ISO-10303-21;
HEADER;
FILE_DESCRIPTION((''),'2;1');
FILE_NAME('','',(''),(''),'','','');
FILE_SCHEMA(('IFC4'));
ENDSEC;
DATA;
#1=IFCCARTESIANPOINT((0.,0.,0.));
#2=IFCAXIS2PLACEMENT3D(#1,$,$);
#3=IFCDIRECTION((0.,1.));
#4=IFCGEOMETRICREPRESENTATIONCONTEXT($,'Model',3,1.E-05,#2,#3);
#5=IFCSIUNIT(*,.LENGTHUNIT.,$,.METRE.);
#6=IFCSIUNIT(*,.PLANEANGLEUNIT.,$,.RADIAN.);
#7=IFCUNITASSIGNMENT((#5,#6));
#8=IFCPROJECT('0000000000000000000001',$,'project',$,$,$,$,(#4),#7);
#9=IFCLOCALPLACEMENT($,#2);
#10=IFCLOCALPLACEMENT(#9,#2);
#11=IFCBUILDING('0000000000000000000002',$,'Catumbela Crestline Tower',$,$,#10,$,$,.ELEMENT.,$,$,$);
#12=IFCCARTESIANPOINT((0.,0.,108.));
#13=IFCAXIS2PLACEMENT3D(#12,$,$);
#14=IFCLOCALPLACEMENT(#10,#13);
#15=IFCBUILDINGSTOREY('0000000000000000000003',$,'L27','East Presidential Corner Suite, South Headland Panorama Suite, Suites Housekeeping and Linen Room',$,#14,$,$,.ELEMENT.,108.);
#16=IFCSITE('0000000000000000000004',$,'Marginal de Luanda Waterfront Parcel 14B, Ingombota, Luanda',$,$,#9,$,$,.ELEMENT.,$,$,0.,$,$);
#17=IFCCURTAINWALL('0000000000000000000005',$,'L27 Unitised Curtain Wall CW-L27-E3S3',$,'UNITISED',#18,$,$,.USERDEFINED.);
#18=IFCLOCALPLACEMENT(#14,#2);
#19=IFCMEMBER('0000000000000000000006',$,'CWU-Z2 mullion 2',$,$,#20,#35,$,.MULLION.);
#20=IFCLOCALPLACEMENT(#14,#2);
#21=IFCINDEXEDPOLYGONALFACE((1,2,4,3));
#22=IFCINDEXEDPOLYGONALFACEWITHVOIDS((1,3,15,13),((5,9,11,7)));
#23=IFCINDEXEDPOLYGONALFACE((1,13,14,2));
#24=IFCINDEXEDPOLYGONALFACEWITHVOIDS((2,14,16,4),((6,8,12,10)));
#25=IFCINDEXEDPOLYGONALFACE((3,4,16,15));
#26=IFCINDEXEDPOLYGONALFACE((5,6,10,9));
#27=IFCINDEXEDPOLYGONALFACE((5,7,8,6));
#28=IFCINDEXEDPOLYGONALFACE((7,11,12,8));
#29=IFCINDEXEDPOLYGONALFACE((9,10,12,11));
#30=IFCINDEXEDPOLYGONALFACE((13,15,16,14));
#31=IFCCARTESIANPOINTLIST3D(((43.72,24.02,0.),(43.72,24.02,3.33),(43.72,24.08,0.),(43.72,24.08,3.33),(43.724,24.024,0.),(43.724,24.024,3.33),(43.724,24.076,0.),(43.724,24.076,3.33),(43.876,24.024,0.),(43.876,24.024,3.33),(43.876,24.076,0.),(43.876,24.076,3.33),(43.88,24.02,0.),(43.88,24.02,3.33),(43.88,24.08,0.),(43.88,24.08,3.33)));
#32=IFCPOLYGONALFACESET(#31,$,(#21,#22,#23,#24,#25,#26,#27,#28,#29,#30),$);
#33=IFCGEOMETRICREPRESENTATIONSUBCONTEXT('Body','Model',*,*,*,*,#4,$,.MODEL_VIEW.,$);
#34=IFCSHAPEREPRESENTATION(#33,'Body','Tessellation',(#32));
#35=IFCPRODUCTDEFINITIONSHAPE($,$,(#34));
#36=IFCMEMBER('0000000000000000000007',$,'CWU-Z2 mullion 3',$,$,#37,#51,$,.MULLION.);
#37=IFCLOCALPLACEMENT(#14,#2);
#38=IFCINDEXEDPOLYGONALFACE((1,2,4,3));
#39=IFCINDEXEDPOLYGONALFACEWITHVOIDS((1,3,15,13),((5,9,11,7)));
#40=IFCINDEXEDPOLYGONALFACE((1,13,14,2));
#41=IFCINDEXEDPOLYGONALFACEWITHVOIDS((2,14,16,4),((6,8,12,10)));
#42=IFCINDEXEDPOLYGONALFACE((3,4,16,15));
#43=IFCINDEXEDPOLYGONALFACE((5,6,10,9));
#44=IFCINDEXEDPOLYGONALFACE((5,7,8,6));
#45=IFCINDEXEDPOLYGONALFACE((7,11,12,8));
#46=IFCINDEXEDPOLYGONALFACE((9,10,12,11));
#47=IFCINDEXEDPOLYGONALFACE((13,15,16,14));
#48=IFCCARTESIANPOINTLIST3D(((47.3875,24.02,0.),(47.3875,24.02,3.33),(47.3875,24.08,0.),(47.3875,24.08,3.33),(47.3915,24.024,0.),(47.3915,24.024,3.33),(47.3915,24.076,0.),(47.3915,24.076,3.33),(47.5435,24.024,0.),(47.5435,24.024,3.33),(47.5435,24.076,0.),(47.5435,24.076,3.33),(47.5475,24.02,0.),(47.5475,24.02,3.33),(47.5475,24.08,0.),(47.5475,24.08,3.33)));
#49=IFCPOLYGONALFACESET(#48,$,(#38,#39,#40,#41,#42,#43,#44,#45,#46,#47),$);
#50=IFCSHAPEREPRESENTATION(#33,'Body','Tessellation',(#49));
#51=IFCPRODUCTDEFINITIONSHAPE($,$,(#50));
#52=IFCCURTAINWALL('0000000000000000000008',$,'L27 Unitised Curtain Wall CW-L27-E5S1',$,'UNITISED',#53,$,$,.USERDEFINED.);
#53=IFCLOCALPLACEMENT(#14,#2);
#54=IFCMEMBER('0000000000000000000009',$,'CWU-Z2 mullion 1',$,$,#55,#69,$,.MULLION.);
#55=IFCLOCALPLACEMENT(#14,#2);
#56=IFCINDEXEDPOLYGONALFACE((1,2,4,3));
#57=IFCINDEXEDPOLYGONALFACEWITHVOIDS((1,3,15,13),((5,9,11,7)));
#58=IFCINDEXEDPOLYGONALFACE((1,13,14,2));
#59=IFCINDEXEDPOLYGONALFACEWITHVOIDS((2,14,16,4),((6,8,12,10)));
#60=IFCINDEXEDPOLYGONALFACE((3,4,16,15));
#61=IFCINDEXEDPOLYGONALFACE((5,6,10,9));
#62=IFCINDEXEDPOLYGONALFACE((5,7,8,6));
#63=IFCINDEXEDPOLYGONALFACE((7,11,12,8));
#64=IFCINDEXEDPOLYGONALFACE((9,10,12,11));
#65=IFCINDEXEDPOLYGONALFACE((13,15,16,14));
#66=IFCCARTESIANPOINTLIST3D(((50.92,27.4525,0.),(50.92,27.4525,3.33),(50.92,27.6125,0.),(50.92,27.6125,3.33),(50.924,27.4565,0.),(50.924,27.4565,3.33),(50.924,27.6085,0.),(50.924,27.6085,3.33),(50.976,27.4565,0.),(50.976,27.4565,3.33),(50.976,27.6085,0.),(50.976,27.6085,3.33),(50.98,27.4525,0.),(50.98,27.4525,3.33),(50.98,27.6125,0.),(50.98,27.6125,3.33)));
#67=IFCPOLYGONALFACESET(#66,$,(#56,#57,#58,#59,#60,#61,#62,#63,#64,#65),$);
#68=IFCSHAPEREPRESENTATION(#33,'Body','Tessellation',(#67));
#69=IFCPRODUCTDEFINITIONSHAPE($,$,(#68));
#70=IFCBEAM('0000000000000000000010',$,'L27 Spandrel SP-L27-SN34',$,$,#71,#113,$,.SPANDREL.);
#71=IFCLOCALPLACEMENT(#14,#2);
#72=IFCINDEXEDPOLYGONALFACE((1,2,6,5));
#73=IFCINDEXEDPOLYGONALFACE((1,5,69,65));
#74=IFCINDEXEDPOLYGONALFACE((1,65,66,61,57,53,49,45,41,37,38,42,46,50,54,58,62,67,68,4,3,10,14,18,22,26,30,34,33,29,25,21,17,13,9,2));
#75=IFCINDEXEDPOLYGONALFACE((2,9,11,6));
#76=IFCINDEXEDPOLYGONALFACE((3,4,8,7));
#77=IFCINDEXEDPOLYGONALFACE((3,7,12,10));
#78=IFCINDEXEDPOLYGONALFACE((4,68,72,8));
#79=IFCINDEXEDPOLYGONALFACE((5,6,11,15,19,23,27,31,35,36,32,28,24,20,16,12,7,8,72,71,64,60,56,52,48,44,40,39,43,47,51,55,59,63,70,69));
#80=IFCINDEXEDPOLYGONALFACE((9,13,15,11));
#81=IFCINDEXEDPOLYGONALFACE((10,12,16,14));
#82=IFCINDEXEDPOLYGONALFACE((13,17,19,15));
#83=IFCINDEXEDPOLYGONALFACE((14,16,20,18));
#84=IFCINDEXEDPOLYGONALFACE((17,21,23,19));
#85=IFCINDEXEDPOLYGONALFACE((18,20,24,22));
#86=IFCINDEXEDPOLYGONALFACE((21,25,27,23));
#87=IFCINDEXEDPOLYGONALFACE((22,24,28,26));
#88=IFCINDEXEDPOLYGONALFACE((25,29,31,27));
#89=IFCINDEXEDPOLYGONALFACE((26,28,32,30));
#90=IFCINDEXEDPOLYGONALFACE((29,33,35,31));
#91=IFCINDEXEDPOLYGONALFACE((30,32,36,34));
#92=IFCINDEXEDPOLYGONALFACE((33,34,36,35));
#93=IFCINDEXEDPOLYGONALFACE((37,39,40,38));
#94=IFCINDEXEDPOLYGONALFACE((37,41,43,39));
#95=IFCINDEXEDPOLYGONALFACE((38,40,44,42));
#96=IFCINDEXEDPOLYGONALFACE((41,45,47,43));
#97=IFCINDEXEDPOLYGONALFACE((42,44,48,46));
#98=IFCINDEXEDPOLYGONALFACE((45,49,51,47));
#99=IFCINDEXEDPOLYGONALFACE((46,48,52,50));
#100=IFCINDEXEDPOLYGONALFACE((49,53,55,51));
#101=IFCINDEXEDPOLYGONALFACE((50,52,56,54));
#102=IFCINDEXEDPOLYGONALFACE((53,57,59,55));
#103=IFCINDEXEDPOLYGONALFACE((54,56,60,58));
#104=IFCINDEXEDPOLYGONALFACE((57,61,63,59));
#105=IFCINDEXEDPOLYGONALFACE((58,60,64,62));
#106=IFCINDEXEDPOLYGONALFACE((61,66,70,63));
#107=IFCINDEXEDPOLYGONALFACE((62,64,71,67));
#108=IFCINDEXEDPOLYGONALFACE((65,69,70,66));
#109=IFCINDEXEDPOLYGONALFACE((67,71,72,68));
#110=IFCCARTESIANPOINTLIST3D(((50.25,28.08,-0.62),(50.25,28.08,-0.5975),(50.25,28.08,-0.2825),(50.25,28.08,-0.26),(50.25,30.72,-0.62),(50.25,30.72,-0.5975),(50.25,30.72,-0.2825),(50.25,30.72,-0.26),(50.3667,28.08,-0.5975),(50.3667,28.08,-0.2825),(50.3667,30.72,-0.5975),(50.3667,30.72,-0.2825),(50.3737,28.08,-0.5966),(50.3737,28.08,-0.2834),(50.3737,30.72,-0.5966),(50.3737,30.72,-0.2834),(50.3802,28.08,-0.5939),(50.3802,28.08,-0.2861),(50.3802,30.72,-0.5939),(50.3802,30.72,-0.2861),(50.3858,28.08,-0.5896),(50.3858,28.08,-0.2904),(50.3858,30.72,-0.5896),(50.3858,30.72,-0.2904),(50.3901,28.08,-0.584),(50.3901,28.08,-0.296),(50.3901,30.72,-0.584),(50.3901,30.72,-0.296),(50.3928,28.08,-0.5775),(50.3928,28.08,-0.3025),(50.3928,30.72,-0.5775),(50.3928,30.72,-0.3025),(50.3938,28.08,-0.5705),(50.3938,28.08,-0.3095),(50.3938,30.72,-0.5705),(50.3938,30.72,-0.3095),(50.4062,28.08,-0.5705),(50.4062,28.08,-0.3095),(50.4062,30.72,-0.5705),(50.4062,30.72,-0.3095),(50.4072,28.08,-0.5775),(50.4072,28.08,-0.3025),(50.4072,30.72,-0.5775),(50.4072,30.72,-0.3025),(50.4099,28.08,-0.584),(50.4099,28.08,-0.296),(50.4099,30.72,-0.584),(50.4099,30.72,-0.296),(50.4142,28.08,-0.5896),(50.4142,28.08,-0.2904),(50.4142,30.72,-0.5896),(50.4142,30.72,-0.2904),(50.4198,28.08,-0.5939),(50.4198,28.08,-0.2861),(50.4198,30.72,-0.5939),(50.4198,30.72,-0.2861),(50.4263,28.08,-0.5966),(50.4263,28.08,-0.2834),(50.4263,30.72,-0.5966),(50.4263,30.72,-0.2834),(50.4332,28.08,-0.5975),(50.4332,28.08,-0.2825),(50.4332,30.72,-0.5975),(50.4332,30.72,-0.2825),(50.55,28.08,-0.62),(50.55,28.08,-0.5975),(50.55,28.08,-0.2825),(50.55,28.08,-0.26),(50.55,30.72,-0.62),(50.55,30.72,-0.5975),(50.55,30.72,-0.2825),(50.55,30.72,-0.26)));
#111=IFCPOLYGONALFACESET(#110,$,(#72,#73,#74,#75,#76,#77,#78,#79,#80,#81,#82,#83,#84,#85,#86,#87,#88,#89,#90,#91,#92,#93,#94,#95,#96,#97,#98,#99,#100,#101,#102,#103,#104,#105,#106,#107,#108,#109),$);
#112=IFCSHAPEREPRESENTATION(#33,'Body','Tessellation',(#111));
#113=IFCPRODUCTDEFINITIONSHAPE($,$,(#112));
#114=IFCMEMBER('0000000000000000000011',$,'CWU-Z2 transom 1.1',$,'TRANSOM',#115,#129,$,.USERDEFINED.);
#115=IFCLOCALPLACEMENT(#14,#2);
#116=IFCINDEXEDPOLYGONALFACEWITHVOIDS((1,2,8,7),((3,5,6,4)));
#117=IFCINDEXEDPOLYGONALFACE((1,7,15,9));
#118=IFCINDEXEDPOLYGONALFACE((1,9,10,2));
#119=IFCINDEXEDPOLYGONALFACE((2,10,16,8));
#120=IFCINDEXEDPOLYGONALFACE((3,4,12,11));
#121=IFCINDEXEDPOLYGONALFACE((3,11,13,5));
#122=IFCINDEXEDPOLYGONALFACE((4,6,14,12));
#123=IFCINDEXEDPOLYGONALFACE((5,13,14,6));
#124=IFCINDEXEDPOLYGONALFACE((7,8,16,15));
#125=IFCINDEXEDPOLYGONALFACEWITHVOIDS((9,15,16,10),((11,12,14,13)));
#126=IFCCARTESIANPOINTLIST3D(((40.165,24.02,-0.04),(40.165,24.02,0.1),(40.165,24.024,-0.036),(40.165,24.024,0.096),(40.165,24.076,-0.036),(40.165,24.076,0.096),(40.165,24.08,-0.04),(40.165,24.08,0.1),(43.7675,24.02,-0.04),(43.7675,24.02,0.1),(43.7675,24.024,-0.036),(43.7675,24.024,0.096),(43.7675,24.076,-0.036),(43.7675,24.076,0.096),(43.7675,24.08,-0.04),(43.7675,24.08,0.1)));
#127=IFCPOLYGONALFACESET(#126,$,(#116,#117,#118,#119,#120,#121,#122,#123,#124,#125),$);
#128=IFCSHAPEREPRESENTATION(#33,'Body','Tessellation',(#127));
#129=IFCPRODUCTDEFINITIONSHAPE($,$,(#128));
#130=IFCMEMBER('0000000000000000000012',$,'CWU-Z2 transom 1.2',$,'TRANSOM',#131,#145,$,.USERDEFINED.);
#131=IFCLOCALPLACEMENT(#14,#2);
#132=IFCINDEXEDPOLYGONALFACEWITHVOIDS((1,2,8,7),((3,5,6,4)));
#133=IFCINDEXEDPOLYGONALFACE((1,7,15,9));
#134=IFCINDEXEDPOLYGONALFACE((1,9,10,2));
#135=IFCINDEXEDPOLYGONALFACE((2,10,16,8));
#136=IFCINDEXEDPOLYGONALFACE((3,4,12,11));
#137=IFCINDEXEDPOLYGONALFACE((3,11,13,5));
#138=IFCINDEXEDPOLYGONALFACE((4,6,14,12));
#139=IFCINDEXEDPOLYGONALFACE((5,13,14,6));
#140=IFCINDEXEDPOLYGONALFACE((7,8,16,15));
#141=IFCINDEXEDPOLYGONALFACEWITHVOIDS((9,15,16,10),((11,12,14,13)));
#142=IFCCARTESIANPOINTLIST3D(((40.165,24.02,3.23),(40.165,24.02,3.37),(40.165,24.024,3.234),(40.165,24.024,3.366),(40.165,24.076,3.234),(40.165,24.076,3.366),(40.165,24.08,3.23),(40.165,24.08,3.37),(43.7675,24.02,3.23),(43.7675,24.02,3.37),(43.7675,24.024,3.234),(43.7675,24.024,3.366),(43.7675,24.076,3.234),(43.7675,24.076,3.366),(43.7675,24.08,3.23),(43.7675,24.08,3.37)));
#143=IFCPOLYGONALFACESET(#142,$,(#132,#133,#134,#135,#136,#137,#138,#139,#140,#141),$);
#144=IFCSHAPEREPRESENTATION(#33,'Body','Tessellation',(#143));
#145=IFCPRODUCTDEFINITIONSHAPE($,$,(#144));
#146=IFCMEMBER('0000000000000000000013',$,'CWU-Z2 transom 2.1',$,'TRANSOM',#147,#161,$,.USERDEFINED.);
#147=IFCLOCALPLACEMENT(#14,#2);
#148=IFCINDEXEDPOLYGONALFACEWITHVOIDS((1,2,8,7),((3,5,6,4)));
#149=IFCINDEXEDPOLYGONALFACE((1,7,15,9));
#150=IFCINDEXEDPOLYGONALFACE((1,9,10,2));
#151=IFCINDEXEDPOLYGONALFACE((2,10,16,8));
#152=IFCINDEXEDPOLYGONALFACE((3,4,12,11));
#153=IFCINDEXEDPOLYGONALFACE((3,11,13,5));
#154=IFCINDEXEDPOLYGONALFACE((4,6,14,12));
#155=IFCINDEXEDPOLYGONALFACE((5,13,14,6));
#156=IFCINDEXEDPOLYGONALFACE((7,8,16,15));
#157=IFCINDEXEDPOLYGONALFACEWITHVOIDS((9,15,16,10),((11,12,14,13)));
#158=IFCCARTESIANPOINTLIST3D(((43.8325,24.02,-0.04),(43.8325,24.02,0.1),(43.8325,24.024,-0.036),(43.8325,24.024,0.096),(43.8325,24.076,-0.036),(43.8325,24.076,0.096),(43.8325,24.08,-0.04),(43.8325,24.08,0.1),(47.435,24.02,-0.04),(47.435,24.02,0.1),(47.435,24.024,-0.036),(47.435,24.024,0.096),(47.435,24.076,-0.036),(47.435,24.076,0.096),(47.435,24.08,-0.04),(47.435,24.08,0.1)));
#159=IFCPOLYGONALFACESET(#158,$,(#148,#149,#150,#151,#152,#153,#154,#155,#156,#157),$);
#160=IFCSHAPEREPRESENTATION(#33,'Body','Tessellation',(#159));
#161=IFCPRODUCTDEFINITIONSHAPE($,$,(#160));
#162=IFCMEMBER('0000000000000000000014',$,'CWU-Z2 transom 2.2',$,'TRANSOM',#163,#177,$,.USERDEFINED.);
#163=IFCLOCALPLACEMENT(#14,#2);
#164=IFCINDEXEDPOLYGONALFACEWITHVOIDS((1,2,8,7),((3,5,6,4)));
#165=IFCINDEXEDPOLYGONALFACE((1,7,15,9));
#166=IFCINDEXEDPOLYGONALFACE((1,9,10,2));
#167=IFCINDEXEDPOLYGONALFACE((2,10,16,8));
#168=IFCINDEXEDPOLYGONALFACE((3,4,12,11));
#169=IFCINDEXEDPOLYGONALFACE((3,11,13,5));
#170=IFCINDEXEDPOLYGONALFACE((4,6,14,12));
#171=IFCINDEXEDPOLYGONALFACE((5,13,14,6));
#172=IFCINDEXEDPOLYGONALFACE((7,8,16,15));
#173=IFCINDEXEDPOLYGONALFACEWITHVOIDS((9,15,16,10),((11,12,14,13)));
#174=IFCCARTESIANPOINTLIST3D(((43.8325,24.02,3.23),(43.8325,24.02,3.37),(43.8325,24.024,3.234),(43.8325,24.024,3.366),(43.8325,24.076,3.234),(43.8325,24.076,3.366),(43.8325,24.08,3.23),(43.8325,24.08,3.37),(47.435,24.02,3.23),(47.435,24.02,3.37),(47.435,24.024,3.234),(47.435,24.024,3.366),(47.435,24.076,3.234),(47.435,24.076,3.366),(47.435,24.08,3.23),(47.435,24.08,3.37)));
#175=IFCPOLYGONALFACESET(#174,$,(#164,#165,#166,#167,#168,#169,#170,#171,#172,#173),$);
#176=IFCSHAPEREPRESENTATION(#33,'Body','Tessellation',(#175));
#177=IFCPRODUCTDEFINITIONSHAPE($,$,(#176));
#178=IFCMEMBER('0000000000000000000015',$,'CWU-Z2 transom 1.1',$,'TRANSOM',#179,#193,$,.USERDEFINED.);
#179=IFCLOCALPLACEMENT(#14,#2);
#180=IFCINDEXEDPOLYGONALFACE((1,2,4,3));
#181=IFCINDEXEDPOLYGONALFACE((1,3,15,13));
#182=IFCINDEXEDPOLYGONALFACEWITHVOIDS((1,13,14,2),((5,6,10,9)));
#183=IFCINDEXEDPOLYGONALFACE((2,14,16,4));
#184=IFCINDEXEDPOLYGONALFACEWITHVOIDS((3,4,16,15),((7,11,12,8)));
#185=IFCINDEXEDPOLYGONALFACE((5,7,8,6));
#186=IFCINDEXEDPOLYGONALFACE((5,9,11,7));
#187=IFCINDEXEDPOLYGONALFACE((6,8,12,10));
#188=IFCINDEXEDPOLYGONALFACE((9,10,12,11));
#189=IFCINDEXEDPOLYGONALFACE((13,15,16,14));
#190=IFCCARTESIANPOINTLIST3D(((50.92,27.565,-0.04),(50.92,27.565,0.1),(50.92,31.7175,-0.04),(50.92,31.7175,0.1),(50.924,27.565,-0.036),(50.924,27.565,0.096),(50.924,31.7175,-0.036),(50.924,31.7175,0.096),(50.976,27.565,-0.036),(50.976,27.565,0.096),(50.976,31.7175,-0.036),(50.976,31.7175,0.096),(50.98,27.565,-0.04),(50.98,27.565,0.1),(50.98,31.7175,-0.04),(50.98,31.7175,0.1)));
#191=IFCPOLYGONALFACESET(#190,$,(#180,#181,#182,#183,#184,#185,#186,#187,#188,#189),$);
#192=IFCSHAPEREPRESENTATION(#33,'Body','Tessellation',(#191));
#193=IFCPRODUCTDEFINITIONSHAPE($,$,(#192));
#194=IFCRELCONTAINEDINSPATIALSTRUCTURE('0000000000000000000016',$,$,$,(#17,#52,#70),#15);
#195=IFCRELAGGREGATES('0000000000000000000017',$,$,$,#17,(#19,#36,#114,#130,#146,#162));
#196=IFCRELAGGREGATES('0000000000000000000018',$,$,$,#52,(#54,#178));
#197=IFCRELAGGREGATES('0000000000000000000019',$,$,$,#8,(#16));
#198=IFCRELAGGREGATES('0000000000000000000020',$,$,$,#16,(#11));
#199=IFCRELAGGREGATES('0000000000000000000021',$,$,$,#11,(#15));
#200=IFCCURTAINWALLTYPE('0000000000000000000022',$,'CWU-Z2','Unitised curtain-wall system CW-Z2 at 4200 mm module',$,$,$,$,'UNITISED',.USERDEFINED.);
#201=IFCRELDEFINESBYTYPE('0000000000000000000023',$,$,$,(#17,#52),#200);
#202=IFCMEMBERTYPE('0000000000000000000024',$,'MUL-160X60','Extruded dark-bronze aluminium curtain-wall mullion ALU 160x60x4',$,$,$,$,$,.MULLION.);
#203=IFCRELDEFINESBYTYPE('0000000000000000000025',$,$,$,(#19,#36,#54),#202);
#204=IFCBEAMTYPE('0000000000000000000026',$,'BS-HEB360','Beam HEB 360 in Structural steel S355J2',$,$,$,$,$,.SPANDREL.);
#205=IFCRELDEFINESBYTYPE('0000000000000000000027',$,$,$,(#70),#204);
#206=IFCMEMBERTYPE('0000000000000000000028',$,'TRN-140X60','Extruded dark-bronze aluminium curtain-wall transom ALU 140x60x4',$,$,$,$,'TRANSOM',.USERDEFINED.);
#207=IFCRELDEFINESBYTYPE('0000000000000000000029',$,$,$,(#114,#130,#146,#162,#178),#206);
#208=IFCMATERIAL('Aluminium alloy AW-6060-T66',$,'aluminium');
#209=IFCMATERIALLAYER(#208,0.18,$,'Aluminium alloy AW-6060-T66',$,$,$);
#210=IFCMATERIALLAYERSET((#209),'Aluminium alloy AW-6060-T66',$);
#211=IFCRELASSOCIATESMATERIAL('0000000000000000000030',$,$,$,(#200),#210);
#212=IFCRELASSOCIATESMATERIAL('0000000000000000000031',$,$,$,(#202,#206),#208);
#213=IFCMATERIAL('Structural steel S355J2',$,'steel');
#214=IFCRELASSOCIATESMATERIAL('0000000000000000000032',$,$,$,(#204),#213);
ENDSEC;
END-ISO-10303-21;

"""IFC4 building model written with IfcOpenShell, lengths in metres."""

from ifc_helpers import new_model, si_unit, direction, frame, origin, origin_2d, place, context, subcontext, project, spatial, hollow_rectangle, i_section, extrude, material, layer, layer_set, material_profile, profile_set, type_object, element, aggregate, save


model = new_model("IFC4")

# Units and contexts
model_context = context("Model", 3, precision=1e-05, world=origin(), true_north=direction((0.0, 1.0)))
body_context = subcontext(model_context, "Body", "Model", "MODEL_VIEW")
ifc_project = project(units=[si_unit("LENGTHUNIT", "METRE"), si_unit("PLANEANGLEUNIT", "RADIAN")], contexts=[model_context])

# Site, building, storey
site_placement = place(None, origin())
site = spatial("IfcSite", under=ifc_project, at=site_placement, Name="Marginal de Luanda Waterfront Parcel 14B, Ingombota, Luanda", CompositionType="ELEMENT", RefElevation=0.0)
building_placement = place(site_placement, origin())
building = spatial("IfcBuilding", under=site, at=building_placement, Name="Catumbela Crestline Tower", CompositionType="ELEMENT")
storey_placement = place(building_placement, frame((0.0, 0.0, 108.0)))
storey = spatial("IfcBuildingStorey", under=building, at=storey_placement, Name="L27", Description="East Presidential Corner Suite, South Headland Panorama Suite, Suites Housekeeping and Linen Room", CompositionType="ELEMENT", Elevation=108.0)

# Shared definitions
ifc_material_1 = material(Name="Structural steel S355J2", Category="steel")

# Curtain wall, members
ifc_material_2 = material(Name="Aluminium alloy AW-6060-T66", Category="aluminium")
ifc_layer_1 = layer(ifc_material_2, 0.18, Name="Aluminium alloy AW-6060-T66")
ifc_layer_set_1 = layer_set([ifc_layer_1], Name="Aluminium alloy AW-6060-T66")
curtain_wall_type = type_object("IfcCurtainWallType", Name="CWU-Z2", Description="Unitised curtain-wall system CW-Z2 at 4200 mm module", ElementType="UNITISED", PredefinedType="USERDEFINED", material=ifc_layer_set_1)
curtain_wall_1_placement = place(storey_placement, origin())
curtain_wall_1 = element("IfcCurtainWall", 1, at=curtain_wall_1_placement, inside=storey, type_object=curtain_wall_type, Name="L27 Unitised Curtain Wall CW-L27-E3S3", ObjectType="UNITISED", PredefinedType="USERDEFINED")
ifc_material_profile_1 = material_profile(ifc_material_2, hollow_rectangle(XDim=0.06, YDim=0.16, WallThickness=0.004, at=origin_2d()), Name="ALU 160x60x4")
ifc_profile_set_1 = profile_set([ifc_material_profile_1], Name="Aluminium alloy AW-6060-T66")
member_type_1 = type_object("IfcMemberType", Name="MUL-160X60", Description="Extruded dark-bronze aluminium curtain-wall mullion ALU 160x60x4", PredefinedType="MULLION", material=ifc_profile_set_1)
member_1_placement = place(storey_placement, frame((43.8, 24.05, 0.0), z_axis=(0.0, 0.0, 1.0), x_axis=(0.0, 1.0, 0.0)))
member_1 = element("IfcMember", 2, at=member_1_placement, type_object=member_type_1, Name="CWU-Z2 mullion 2", PredefinedType="MULLION", context=body_context, shape_type="SweptSolid", body=[
    extrude(hollow_rectangle(XDim=0.06, YDim=0.16, WallThickness=0.004, at=origin_2d()), origin(), (0.0, 0.0, 1.0), 3.33),
])
member_2_placement = place(storey_placement, frame((47.4675, 24.05, 0.0), z_axis=(0.0, 0.0, 1.0), x_axis=(0.0, 1.0, 0.0)))
member_2 = element("IfcMember", 3, at=member_2_placement, type_object=member_type_1, Name="CWU-Z2 mullion 3", PredefinedType="MULLION", context=body_context, shape_type="SweptSolid", body=[
    extrude(hollow_rectangle(XDim=0.06, YDim=0.16, WallThickness=0.004, at=origin_2d()), origin(), (0.0, 0.0, 1.0), 3.33),
])

# Curtain wall, member
curtain_wall_2_placement = place(storey_placement, origin())
curtain_wall_2 = element("IfcCurtainWall", 4, at=curtain_wall_2_placement, inside=storey, type_object=curtain_wall_type, Name="L27 Unitised Curtain Wall CW-L27-E5S1", ObjectType="UNITISED", PredefinedType="USERDEFINED")
member_3_placement = place(storey_placement, frame((50.95, 27.5325, 0.0), z_axis=(0.0, 0.0, 1.0), x_axis=(-1.0, 0.0, 0.0)))
member_3 = element("IfcMember", 5, at=member_3_placement, type_object=member_type_1, Name="CWU-Z2 mullion 1", PredefinedType="MULLION", context=body_context, shape_type="SweptSolid", body=[
    extrude(hollow_rectangle(XDim=0.06, YDim=0.16, WallThickness=0.004, at=origin_2d()), origin(), (0.0, 0.0, 1.0), 3.33),
])

# Beam
ifc_material_profile_2 = material_profile(ifc_material_1, i_section(OverallWidth=0.3, OverallDepth=0.36, WebThickness=0.0125, FlangeThickness=0.0225, FilletRadius=0.027, at=origin_2d()), Name="HEB 360")
ifc_profile_set_2 = profile_set([ifc_material_profile_2], Name="Structural steel S355J2")
beam_type_1 = type_object("IfcBeamType", Name="BS-HEB360", Description="Beam HEB 360 in Structural steel S355J2", PredefinedType="SPANDREL", material=ifc_profile_set_2)
beam_1_placement = place(storey_placement, frame((50.4, 28.08, -0.44), z_axis=(0.0, 1.0, 0.0), x_axis=(-1.0, 0.0, 0.0)))
element("IfcBeam", 6, at=beam_1_placement, inside=storey, type_object=beam_type_1, Name="L27 Spandrel SP-L27-SN34", PredefinedType="SPANDREL", context=body_context, shape_type="SweptSolid", body=[
    extrude(i_section(OverallWidth=0.3, OverallDepth=0.36, WebThickness=0.0125, FlangeThickness=0.0225, FilletRadius=0.027, at=origin_2d()), origin(), (0.0, 0.0, 1.0), 2.64),
])

# Members
ifc_material_profile_3 = material_profile(ifc_material_2, hollow_rectangle(XDim=0.06, YDim=0.14, WallThickness=0.004, at=origin_2d()), Name="ALU 140x60x4")
ifc_profile_set_3 = profile_set([ifc_material_profile_3], Name="Aluminium alloy AW-6060-T66")
member_type_2 = type_object("IfcMemberType", Name="TRN-140X60", Description="Extruded dark-bronze aluminium curtain-wall transom ALU 140x60x4", ElementType="TRANSOM", PredefinedType="USERDEFINED", material=ifc_profile_set_3)
member_4_placement = place(storey_placement, frame((40.165, 24.05, 0.03), z_axis=(1.0, 0.0, 0.0), x_axis=(0.0, 1.0, 0.0)))
member_4 = element("IfcMember", 7, at=member_4_placement, type_object=member_type_2, Name="CWU-Z2 transom 1.1", ObjectType="TRANSOM", PredefinedType="USERDEFINED", context=body_context, shape_type="SweptSolid", body=[
    extrude(hollow_rectangle(XDim=0.06, YDim=0.14, WallThickness=0.004, at=origin_2d()), origin(), (0.0, 0.0, 1.0), 3.6025),
])
member_5_placement = place(storey_placement, frame((40.165, 24.05, 3.3), z_axis=(1.0, 0.0, 0.0), x_axis=(0.0, 1.0, 0.0)))
member_5 = element("IfcMember", 8, at=member_5_placement, type_object=member_type_2, Name="CWU-Z2 transom 1.2", ObjectType="TRANSOM", PredefinedType="USERDEFINED", context=body_context, shape_type="SweptSolid", body=[
    extrude(hollow_rectangle(XDim=0.06, YDim=0.14, WallThickness=0.004, at=origin_2d()), origin(), (0.0, 0.0, 1.0), 3.6025),
])
member_6_placement = place(storey_placement, frame((43.8325, 24.05, 0.03), z_axis=(1.0, 0.0, 0.0), x_axis=(0.0, 1.0, 0.0)))
member_6 = element("IfcMember", 9, at=member_6_placement, type_object=member_type_2, Name="CWU-Z2 transom 2.1", ObjectType="TRANSOM", PredefinedType="USERDEFINED", context=body_context, shape_type="SweptSolid", body=[
    extrude(hollow_rectangle(XDim=0.06, YDim=0.14, WallThickness=0.004, at=origin_2d()), origin(), (0.0, 0.0, 1.0), 3.6025),
])
member_7_placement = place(storey_placement, frame((43.8325, 24.05, 3.3), z_axis=(1.0, 0.0, 0.0), x_axis=(0.0, 1.0, 0.0)))
member_7 = element("IfcMember", 10, at=member_7_placement, type_object=member_type_2, Name="CWU-Z2 transom 2.2", ObjectType="TRANSOM", PredefinedType="USERDEFINED", context=body_context, shape_type="SweptSolid", body=[
    extrude(hollow_rectangle(XDim=0.06, YDim=0.14, WallThickness=0.004, at=origin_2d()), origin(), (0.0, 0.0, 1.0), 3.6025),
])
member_8_placement = place(storey_placement, frame((50.95, 27.565, 0.03), z_axis=(0.0, 1.0, 0.0), x_axis=(-1.0, 0.0, 0.0)))
member_8 = element("IfcMember", 11, at=member_8_placement, type_object=member_type_2, Name="CWU-Z2 transom 1.1", ObjectType="TRANSOM", PredefinedType="USERDEFINED", context=body_context, shape_type="SweptSolid", body=[
    extrude(hollow_rectangle(XDim=0.06, YDim=0.14, WallThickness=0.004, at=origin_2d()), origin(), (0.0, 0.0, 1.0), 4.1525),
])

aggregate(curtain_wall_1, [member_1, member_2, member_4, member_5, member_6, member_7])
aggregate(curtain_wall_2, [member_3, member_8])

save(model, "model.ifc")
